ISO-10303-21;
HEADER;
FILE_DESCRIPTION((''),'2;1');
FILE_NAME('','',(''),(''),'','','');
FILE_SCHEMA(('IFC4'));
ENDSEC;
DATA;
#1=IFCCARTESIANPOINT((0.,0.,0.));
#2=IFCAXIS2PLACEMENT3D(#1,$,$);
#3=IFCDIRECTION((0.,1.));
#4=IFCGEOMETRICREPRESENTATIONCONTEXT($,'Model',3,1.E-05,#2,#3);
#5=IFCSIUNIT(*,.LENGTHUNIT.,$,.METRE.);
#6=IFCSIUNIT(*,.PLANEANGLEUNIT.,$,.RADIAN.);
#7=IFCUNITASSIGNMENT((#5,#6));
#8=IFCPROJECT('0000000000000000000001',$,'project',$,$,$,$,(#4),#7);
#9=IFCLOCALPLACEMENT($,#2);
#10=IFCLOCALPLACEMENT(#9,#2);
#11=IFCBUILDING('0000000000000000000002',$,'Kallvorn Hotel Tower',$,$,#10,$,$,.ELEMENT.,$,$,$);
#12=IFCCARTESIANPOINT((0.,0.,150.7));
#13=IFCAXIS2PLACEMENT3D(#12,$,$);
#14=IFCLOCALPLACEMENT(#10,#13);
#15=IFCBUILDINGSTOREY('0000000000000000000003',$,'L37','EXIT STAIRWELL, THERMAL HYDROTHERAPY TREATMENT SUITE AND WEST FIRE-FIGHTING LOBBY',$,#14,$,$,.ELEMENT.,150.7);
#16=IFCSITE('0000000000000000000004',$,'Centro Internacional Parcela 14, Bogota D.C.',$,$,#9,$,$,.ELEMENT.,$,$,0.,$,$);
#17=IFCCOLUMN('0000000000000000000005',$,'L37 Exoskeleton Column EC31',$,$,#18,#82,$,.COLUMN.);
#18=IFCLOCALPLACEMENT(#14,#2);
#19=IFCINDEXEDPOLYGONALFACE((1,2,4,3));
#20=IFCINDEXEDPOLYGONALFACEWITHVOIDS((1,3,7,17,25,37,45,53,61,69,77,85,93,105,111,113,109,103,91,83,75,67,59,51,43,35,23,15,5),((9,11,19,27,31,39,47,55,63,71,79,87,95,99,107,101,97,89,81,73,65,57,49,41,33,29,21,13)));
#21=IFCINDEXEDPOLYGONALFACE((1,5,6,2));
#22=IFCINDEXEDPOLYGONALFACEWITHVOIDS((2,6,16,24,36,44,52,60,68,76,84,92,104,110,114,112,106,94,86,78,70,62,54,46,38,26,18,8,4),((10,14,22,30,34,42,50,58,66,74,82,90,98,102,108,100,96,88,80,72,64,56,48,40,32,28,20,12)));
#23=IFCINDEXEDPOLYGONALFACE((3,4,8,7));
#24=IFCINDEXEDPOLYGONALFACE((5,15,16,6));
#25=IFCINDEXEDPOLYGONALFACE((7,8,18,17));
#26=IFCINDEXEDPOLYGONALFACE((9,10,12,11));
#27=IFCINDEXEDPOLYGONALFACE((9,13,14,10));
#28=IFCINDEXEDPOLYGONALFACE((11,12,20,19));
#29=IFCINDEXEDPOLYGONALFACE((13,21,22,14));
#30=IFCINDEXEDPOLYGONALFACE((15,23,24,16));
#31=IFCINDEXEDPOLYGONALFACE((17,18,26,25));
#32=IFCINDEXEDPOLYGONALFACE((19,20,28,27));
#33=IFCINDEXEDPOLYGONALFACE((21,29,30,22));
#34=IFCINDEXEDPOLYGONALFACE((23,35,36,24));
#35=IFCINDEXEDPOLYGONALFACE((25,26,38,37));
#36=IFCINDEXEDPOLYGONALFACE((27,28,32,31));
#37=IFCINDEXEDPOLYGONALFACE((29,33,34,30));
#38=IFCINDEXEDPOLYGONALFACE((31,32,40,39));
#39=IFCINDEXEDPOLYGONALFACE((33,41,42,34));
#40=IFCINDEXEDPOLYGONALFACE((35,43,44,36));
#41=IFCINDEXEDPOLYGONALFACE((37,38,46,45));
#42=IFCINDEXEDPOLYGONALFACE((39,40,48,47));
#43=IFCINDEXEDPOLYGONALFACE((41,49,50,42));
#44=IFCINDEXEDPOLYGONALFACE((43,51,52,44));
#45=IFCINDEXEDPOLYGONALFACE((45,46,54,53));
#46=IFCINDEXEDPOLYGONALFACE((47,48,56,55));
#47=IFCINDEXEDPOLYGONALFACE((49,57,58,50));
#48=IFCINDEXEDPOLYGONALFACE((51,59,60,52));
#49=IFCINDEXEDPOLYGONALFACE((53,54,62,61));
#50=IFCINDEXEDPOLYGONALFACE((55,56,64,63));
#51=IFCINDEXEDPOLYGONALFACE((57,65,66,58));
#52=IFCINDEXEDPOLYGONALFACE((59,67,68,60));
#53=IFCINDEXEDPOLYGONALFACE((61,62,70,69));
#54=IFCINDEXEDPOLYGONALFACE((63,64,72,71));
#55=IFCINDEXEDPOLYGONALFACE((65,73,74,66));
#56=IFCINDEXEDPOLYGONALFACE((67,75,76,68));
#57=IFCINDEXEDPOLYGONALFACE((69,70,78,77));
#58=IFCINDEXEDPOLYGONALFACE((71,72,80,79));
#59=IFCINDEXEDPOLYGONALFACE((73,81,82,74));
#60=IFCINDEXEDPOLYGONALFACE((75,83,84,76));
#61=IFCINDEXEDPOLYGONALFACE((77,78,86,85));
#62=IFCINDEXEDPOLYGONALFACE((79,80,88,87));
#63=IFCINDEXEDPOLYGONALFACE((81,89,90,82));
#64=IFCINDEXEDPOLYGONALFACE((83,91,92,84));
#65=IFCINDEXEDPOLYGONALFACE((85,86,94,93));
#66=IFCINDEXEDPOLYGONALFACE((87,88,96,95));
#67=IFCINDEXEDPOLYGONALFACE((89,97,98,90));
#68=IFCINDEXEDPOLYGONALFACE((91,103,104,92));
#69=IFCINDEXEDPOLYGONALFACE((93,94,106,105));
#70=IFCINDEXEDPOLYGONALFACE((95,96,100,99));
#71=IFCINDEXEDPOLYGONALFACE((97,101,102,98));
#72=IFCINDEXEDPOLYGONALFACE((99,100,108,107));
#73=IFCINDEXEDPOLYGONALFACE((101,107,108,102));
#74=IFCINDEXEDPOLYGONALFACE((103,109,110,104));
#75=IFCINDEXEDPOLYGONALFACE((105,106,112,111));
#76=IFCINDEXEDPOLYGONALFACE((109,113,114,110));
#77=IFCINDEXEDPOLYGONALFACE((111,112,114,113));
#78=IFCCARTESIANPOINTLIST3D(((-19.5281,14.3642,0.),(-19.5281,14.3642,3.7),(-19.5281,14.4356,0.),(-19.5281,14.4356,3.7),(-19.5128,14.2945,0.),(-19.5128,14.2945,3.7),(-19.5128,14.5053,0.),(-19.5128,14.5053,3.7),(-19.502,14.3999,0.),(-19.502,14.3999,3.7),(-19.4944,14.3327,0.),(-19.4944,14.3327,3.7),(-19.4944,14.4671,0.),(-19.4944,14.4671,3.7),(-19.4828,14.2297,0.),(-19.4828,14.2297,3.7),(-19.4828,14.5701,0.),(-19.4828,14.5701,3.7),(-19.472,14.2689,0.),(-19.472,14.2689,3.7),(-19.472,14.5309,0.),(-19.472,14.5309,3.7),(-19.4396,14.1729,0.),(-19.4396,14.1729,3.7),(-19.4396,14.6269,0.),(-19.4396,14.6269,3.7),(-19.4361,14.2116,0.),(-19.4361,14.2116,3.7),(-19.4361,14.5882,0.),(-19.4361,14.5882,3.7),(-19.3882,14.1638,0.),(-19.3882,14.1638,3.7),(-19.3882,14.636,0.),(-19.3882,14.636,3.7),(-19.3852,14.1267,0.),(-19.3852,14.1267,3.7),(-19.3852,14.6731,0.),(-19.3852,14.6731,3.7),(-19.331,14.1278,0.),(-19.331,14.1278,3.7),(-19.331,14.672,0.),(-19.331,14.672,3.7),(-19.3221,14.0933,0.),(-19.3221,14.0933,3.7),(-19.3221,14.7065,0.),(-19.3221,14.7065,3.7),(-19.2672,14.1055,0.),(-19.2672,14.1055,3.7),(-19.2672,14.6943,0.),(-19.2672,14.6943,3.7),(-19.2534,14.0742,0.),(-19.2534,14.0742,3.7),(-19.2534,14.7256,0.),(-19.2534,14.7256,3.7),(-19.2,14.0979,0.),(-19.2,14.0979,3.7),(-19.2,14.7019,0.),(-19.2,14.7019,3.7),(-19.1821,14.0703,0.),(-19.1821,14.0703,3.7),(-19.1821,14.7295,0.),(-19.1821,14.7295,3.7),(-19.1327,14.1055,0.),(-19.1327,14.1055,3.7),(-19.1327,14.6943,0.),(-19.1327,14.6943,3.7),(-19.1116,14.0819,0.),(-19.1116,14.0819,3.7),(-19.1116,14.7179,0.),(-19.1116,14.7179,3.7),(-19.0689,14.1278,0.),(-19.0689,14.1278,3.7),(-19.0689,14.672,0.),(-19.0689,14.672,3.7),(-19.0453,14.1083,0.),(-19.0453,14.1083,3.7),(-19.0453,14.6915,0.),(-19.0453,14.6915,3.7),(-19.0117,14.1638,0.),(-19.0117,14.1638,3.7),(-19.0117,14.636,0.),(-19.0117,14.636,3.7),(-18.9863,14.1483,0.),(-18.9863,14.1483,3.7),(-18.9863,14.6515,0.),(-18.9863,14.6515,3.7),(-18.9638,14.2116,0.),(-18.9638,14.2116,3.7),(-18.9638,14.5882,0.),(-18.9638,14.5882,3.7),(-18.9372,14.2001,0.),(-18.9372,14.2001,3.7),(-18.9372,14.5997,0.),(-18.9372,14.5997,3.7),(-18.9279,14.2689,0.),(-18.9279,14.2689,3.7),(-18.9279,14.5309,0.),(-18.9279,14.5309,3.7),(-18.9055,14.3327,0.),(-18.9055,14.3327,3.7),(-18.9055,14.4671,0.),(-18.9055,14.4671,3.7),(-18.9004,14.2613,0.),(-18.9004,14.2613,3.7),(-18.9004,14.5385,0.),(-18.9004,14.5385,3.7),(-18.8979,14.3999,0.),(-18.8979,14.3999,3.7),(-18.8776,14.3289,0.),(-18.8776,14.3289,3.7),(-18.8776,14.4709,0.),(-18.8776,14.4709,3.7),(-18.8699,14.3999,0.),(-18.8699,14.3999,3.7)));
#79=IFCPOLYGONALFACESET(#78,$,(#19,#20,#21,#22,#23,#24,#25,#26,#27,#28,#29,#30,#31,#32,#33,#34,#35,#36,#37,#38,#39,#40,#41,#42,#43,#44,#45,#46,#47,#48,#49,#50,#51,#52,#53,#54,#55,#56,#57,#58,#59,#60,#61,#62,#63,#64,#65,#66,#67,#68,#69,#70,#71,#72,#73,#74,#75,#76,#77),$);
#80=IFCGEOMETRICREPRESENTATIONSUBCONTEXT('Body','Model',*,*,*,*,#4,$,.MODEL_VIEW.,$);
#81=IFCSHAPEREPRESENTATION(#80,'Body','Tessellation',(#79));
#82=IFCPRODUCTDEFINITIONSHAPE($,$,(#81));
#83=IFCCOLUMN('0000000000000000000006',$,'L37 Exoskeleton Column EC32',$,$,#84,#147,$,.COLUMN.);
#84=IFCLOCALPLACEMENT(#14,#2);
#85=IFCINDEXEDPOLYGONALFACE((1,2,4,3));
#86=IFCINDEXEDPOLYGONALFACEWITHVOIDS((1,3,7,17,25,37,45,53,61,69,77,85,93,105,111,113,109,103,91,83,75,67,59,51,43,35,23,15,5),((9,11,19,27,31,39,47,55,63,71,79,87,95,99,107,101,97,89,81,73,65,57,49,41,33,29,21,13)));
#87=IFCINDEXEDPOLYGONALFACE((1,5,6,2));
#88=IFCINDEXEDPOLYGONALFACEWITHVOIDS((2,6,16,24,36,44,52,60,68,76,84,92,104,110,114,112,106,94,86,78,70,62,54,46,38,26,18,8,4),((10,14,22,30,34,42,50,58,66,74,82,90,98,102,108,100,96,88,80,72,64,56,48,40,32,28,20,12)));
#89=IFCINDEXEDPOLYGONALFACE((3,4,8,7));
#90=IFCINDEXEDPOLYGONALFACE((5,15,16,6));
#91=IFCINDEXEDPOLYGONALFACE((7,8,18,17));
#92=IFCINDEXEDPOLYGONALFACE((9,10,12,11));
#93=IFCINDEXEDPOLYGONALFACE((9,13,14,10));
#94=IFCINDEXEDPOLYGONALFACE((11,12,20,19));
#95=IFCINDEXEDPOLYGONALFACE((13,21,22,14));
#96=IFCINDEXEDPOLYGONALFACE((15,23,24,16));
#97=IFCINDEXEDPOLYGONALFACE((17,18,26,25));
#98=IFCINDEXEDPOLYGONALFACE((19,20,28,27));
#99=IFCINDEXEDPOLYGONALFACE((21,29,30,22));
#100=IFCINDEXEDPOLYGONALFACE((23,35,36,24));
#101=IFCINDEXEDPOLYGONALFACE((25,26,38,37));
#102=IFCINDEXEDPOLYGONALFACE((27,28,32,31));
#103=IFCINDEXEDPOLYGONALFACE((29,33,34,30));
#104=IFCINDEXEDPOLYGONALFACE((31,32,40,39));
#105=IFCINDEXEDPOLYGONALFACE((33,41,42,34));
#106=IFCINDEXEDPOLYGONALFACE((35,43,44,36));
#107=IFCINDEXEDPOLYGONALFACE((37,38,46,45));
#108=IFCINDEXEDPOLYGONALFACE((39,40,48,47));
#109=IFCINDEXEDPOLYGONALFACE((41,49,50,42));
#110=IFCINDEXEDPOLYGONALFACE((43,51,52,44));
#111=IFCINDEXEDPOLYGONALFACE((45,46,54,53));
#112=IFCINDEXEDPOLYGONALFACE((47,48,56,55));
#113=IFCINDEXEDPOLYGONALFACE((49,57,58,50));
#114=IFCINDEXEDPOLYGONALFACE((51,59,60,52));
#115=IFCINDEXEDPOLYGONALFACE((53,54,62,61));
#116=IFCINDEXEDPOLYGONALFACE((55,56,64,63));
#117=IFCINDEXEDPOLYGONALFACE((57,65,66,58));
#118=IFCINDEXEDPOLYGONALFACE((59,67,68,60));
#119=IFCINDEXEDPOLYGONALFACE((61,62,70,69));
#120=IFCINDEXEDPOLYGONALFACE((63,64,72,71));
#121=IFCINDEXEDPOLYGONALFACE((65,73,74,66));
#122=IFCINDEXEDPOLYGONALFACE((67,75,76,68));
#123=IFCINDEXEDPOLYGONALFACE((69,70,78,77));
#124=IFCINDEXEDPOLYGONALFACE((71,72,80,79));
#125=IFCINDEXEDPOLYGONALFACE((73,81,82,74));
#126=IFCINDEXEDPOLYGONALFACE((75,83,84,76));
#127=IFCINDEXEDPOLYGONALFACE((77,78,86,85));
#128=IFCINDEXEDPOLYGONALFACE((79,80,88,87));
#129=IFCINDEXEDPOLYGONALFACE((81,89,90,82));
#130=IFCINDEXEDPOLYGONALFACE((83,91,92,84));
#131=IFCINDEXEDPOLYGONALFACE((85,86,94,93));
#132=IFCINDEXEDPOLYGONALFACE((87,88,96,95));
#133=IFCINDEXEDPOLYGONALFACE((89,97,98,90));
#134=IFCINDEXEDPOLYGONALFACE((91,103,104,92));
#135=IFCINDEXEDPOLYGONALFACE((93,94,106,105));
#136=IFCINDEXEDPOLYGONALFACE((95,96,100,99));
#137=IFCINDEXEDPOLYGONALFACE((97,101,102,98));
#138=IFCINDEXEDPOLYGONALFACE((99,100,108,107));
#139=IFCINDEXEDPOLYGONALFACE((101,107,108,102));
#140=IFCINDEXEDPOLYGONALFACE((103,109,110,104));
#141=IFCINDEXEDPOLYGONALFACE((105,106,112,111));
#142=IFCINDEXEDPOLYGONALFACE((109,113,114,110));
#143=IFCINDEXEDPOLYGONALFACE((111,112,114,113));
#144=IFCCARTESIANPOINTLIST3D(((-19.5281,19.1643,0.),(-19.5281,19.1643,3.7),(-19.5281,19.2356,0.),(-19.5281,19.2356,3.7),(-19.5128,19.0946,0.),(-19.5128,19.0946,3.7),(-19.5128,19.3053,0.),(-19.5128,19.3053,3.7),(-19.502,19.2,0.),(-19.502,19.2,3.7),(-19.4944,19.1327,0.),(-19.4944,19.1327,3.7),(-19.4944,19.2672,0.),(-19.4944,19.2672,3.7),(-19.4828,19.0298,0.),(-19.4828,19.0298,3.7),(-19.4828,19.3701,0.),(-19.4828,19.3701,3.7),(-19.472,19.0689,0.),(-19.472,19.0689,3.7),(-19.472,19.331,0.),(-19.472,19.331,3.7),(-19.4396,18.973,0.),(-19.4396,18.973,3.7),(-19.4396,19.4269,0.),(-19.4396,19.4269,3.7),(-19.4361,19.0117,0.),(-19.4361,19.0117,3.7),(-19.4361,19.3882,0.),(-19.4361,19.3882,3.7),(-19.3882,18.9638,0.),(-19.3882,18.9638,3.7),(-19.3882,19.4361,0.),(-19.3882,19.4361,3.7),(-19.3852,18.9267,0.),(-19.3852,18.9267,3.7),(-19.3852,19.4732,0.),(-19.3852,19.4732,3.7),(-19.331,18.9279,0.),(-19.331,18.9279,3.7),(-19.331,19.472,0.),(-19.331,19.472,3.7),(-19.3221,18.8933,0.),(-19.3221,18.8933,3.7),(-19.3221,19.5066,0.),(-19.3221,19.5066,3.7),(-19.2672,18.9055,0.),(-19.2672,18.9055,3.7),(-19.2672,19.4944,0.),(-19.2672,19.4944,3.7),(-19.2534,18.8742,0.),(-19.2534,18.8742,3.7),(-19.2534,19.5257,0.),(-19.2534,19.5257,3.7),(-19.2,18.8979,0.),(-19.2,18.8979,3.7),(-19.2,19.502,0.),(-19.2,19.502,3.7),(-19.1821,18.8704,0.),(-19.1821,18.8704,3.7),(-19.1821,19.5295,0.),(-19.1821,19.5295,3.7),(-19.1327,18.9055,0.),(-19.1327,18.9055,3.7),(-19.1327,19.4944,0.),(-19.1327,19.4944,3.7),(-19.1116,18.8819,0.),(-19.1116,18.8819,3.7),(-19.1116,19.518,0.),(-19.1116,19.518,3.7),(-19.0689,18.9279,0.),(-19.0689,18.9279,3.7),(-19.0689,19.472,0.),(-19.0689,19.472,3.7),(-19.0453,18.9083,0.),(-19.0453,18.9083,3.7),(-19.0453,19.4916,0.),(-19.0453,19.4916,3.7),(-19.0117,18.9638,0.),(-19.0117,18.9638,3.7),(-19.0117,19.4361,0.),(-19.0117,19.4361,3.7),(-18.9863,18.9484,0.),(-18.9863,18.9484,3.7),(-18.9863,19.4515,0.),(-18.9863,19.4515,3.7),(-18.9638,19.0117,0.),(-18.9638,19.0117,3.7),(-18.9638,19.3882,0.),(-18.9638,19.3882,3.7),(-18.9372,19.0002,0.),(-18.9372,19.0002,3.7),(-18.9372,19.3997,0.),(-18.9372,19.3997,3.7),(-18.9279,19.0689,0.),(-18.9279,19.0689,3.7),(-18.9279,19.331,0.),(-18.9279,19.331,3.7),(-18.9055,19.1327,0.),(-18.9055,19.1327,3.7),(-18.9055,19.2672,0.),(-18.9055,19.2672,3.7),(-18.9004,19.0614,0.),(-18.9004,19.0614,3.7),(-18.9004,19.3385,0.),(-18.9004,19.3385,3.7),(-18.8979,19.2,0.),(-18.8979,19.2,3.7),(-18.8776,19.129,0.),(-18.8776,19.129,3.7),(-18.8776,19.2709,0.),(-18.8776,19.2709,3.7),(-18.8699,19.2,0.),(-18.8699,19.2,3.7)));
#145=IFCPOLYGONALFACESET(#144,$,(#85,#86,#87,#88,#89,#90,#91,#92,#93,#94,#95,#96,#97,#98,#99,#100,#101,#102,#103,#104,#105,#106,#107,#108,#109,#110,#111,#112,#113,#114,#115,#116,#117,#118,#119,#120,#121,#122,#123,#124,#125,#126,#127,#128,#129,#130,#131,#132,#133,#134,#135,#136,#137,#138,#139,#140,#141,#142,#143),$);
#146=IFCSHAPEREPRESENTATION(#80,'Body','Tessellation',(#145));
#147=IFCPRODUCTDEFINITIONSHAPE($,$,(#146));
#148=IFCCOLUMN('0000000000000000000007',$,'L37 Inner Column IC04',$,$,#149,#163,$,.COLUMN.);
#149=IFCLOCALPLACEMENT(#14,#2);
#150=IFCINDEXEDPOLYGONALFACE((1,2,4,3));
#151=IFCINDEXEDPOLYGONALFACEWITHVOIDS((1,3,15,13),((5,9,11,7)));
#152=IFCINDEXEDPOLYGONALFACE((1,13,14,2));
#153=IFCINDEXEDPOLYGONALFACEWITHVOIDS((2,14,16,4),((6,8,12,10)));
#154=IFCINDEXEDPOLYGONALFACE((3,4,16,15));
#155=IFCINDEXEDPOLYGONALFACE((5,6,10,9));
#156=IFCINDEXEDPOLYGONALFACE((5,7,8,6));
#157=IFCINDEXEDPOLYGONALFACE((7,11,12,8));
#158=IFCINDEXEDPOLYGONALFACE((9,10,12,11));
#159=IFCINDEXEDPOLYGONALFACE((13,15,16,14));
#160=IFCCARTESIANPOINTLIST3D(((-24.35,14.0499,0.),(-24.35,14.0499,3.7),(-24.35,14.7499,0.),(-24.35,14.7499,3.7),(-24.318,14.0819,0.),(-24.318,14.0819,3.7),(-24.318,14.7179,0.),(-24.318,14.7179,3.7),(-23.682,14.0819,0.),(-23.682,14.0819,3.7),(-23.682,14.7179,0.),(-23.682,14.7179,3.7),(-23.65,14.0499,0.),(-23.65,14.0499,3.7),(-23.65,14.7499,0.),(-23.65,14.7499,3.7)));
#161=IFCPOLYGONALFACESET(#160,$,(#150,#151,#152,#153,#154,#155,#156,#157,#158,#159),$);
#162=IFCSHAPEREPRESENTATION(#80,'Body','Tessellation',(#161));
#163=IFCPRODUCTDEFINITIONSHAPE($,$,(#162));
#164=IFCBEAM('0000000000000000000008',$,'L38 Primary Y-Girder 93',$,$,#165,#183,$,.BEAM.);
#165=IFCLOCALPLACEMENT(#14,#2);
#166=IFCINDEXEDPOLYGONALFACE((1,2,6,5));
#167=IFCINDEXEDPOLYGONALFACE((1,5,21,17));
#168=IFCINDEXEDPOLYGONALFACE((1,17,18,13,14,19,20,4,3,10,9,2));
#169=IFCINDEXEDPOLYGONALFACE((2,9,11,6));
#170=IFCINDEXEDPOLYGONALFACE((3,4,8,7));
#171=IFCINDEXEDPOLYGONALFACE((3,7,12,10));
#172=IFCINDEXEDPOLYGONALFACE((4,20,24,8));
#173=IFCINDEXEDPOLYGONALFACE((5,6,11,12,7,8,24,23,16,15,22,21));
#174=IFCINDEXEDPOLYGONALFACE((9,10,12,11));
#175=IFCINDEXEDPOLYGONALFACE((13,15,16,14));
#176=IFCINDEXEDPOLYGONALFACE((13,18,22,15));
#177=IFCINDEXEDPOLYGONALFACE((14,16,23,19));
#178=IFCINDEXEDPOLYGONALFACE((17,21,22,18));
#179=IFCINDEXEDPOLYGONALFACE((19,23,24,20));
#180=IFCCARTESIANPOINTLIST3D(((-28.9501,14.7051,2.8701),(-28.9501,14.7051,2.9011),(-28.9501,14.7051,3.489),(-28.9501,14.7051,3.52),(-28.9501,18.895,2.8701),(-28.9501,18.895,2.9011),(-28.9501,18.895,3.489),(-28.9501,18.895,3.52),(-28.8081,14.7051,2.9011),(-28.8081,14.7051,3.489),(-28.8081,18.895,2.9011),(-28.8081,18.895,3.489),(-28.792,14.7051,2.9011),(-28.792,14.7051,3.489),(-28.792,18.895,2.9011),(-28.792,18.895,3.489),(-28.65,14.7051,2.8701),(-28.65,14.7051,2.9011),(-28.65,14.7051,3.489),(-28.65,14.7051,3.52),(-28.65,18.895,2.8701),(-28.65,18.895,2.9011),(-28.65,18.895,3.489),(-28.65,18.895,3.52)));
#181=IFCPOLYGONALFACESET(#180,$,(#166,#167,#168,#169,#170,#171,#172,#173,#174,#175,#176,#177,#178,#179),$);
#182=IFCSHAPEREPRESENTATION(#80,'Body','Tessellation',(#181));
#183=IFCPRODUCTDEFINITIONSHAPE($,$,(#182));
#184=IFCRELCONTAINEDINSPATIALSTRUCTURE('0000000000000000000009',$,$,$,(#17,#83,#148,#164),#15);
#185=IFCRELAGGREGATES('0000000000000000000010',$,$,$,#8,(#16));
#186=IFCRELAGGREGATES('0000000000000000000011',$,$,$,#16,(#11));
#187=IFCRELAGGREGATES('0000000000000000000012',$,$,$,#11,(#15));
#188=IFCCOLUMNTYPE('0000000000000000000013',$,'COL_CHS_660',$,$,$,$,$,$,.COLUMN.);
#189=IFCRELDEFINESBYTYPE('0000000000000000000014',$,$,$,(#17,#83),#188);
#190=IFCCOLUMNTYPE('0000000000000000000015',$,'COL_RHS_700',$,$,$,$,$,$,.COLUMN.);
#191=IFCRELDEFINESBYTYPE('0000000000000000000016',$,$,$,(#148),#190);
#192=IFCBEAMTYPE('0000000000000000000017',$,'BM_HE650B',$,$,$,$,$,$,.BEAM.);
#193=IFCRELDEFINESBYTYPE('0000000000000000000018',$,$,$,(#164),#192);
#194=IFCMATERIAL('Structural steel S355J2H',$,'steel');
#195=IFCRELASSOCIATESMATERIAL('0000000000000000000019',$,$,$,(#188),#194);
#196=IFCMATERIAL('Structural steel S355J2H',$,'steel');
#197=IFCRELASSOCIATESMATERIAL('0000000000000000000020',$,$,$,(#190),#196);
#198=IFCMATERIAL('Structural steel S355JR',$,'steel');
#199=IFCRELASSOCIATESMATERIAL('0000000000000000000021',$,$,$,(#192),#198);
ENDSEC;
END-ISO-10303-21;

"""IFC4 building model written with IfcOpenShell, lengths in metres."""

from ifc_helpers import new_model, si_unit, direction, frame, origin, origin_2d, place, context, subcontext, project, spatial, hollow_rectangle, hollow_circle, i_section, extrude, material, material_profile, profile_set, type_object, element, save


model = new_model("IFC4")

# Units and contexts
model_context = context("Model", 3, precision=1e-05, world=origin(), true_north=direction((0.0, 1.0)))
body_context = subcontext(model_context, "Body", "Model", "MODEL_VIEW")
ifc_project = project(units=[si_unit("LENGTHUNIT", "METRE"), si_unit("PLANEANGLEUNIT", "RADIAN")], contexts=[model_context])

# Site, building, storey
site_placement = place(None, origin())
site = spatial("IfcSite", under=ifc_project, at=site_placement, Name="Centro Internacional Parcela 14, Bogota D.C.", CompositionType="ELEMENT", RefElevation=0.0)
building_placement = place(site_placement, origin())
building = spatial("IfcBuilding", under=site, at=building_placement, Name="Kallvorn Hotel Tower", CompositionType="ELEMENT")
storey_placement = place(building_placement, frame((0.0, 0.0, 150.7)))
storey = spatial("IfcBuildingStorey", under=building, at=storey_placement, Name="L37", Description="EXIT STAIRWELL, THERMAL HYDROTHERAPY TREATMENT SUITE AND WEST FIRE-FIGHTING LOBBY", CompositionType="ELEMENT", Elevation=150.7)

# Columns
ifc_material_1 = material(Name="Structural steel S355J2H", Category="steel")
ifc_material_profile_1 = material_profile(ifc_material_1, hollow_circle(Radius=0.3301, WallThickness=0.0281, at=origin_2d()), Name="CHS 660x28")
ifc_profile_set_1 = profile_set([ifc_material_profile_1], Name="Structural steel S355J2H")
column_type_1 = type_object("IfcColumnType", Name="COL_CHS_660", PredefinedType="COLUMN", material=ifc_profile_set_1)
for number, where, z_axis, x_axis, name in (
    (1, (-19.2, 14.3999, 0.0), (0.0, 0.0, 1.0), (1.0, 0.0, 0.0), "L37 Exoskeleton Column EC31"),
    (2, (-19.2, 19.2, 0.0), (0.0, 0.0, 1.0), (1.0, 0.0, 0.0), "L37 Exoskeleton Column EC32"),
):
    element("IfcColumn", number, at=place(storey_placement, frame(where, z_axis=z_axis, x_axis=x_axis)), inside=storey, type_object=column_type_1, Name=name, PredefinedType="COLUMN", context=body_context, shape_type="SweptSolid", body=[
        extrude(hollow_circle(Radius=0.3301, WallThickness=0.0281, at=origin_2d()), origin(), (0.0, 0.0, 1.0), 3.7),
    ])
ifc_material_2 = material(Name="Structural steel S355J2H", Category="steel")
ifc_material_profile_2 = material_profile(ifc_material_2, hollow_rectangle(XDim=0.7, YDim=0.7, WallThickness=0.032, at=origin_2d()), Name="RHS 700x700x32")
ifc_profile_set_2 = profile_set([ifc_material_profile_2], Name="Structural steel S355J2H")
column_type_2 = type_object("IfcColumnType", Name="COL_RHS_700", PredefinedType="COLUMN", material=ifc_profile_set_2)
column_placement = place(storey_placement, frame((-24.0, 14.3999, 0.0), z_axis=(0.0, 0.0, 1.0), x_axis=(1.0, 0.0, 0.0)))
element("IfcColumn", 3, at=column_placement, inside=storey, type_object=column_type_2, Name="L37 Inner Column IC04", PredefinedType="COLUMN", context=body_context, shape_type="SweptSolid", body=[
    extrude(hollow_rectangle(XDim=0.7, YDim=0.7, WallThickness=0.032, at=origin_2d()), origin(), (0.0, 0.0, 1.0), 3.7),
])

# Beam
ifc_material_3 = material(Name="Structural steel S355JR", Category="steel")
ifc_material_profile_3 = material_profile(ifc_material_3, i_section(OverallWidth=0.3, OverallDepth=0.6499, WebThickness=0.0161, FlangeThickness=0.031, at=origin_2d()), Name="HE 650 B")
ifc_profile_set_3 = profile_set([ifc_material_profile_3], Name="Structural steel S355JR")
beam_type_1 = type_object("IfcBeamType", Name="BM_HE650B", PredefinedType="BEAM", material=ifc_profile_set_3)
beam_1_placement = place(storey_placement, frame((-28.8, 14.7051, 3.1951), z_axis=(0.0, 1.0, 0.0), x_axis=(-1.0, 0.0, 0.0)))
element("IfcBeam", 4, at=beam_1_placement, inside=storey, type_object=beam_type_1, Name="L38 Primary Y-Girder 93", PredefinedType="BEAM", context=body_context, shape_type="SweptSolid", body=[
    extrude(i_section(OverallWidth=0.3, OverallDepth=0.6499, WebThickness=0.0161, FlangeThickness=0.031, at=origin_2d()), origin(), (0.0, 0.0, 1.0), 4.1899),
])

save(model, "model.ifc")
